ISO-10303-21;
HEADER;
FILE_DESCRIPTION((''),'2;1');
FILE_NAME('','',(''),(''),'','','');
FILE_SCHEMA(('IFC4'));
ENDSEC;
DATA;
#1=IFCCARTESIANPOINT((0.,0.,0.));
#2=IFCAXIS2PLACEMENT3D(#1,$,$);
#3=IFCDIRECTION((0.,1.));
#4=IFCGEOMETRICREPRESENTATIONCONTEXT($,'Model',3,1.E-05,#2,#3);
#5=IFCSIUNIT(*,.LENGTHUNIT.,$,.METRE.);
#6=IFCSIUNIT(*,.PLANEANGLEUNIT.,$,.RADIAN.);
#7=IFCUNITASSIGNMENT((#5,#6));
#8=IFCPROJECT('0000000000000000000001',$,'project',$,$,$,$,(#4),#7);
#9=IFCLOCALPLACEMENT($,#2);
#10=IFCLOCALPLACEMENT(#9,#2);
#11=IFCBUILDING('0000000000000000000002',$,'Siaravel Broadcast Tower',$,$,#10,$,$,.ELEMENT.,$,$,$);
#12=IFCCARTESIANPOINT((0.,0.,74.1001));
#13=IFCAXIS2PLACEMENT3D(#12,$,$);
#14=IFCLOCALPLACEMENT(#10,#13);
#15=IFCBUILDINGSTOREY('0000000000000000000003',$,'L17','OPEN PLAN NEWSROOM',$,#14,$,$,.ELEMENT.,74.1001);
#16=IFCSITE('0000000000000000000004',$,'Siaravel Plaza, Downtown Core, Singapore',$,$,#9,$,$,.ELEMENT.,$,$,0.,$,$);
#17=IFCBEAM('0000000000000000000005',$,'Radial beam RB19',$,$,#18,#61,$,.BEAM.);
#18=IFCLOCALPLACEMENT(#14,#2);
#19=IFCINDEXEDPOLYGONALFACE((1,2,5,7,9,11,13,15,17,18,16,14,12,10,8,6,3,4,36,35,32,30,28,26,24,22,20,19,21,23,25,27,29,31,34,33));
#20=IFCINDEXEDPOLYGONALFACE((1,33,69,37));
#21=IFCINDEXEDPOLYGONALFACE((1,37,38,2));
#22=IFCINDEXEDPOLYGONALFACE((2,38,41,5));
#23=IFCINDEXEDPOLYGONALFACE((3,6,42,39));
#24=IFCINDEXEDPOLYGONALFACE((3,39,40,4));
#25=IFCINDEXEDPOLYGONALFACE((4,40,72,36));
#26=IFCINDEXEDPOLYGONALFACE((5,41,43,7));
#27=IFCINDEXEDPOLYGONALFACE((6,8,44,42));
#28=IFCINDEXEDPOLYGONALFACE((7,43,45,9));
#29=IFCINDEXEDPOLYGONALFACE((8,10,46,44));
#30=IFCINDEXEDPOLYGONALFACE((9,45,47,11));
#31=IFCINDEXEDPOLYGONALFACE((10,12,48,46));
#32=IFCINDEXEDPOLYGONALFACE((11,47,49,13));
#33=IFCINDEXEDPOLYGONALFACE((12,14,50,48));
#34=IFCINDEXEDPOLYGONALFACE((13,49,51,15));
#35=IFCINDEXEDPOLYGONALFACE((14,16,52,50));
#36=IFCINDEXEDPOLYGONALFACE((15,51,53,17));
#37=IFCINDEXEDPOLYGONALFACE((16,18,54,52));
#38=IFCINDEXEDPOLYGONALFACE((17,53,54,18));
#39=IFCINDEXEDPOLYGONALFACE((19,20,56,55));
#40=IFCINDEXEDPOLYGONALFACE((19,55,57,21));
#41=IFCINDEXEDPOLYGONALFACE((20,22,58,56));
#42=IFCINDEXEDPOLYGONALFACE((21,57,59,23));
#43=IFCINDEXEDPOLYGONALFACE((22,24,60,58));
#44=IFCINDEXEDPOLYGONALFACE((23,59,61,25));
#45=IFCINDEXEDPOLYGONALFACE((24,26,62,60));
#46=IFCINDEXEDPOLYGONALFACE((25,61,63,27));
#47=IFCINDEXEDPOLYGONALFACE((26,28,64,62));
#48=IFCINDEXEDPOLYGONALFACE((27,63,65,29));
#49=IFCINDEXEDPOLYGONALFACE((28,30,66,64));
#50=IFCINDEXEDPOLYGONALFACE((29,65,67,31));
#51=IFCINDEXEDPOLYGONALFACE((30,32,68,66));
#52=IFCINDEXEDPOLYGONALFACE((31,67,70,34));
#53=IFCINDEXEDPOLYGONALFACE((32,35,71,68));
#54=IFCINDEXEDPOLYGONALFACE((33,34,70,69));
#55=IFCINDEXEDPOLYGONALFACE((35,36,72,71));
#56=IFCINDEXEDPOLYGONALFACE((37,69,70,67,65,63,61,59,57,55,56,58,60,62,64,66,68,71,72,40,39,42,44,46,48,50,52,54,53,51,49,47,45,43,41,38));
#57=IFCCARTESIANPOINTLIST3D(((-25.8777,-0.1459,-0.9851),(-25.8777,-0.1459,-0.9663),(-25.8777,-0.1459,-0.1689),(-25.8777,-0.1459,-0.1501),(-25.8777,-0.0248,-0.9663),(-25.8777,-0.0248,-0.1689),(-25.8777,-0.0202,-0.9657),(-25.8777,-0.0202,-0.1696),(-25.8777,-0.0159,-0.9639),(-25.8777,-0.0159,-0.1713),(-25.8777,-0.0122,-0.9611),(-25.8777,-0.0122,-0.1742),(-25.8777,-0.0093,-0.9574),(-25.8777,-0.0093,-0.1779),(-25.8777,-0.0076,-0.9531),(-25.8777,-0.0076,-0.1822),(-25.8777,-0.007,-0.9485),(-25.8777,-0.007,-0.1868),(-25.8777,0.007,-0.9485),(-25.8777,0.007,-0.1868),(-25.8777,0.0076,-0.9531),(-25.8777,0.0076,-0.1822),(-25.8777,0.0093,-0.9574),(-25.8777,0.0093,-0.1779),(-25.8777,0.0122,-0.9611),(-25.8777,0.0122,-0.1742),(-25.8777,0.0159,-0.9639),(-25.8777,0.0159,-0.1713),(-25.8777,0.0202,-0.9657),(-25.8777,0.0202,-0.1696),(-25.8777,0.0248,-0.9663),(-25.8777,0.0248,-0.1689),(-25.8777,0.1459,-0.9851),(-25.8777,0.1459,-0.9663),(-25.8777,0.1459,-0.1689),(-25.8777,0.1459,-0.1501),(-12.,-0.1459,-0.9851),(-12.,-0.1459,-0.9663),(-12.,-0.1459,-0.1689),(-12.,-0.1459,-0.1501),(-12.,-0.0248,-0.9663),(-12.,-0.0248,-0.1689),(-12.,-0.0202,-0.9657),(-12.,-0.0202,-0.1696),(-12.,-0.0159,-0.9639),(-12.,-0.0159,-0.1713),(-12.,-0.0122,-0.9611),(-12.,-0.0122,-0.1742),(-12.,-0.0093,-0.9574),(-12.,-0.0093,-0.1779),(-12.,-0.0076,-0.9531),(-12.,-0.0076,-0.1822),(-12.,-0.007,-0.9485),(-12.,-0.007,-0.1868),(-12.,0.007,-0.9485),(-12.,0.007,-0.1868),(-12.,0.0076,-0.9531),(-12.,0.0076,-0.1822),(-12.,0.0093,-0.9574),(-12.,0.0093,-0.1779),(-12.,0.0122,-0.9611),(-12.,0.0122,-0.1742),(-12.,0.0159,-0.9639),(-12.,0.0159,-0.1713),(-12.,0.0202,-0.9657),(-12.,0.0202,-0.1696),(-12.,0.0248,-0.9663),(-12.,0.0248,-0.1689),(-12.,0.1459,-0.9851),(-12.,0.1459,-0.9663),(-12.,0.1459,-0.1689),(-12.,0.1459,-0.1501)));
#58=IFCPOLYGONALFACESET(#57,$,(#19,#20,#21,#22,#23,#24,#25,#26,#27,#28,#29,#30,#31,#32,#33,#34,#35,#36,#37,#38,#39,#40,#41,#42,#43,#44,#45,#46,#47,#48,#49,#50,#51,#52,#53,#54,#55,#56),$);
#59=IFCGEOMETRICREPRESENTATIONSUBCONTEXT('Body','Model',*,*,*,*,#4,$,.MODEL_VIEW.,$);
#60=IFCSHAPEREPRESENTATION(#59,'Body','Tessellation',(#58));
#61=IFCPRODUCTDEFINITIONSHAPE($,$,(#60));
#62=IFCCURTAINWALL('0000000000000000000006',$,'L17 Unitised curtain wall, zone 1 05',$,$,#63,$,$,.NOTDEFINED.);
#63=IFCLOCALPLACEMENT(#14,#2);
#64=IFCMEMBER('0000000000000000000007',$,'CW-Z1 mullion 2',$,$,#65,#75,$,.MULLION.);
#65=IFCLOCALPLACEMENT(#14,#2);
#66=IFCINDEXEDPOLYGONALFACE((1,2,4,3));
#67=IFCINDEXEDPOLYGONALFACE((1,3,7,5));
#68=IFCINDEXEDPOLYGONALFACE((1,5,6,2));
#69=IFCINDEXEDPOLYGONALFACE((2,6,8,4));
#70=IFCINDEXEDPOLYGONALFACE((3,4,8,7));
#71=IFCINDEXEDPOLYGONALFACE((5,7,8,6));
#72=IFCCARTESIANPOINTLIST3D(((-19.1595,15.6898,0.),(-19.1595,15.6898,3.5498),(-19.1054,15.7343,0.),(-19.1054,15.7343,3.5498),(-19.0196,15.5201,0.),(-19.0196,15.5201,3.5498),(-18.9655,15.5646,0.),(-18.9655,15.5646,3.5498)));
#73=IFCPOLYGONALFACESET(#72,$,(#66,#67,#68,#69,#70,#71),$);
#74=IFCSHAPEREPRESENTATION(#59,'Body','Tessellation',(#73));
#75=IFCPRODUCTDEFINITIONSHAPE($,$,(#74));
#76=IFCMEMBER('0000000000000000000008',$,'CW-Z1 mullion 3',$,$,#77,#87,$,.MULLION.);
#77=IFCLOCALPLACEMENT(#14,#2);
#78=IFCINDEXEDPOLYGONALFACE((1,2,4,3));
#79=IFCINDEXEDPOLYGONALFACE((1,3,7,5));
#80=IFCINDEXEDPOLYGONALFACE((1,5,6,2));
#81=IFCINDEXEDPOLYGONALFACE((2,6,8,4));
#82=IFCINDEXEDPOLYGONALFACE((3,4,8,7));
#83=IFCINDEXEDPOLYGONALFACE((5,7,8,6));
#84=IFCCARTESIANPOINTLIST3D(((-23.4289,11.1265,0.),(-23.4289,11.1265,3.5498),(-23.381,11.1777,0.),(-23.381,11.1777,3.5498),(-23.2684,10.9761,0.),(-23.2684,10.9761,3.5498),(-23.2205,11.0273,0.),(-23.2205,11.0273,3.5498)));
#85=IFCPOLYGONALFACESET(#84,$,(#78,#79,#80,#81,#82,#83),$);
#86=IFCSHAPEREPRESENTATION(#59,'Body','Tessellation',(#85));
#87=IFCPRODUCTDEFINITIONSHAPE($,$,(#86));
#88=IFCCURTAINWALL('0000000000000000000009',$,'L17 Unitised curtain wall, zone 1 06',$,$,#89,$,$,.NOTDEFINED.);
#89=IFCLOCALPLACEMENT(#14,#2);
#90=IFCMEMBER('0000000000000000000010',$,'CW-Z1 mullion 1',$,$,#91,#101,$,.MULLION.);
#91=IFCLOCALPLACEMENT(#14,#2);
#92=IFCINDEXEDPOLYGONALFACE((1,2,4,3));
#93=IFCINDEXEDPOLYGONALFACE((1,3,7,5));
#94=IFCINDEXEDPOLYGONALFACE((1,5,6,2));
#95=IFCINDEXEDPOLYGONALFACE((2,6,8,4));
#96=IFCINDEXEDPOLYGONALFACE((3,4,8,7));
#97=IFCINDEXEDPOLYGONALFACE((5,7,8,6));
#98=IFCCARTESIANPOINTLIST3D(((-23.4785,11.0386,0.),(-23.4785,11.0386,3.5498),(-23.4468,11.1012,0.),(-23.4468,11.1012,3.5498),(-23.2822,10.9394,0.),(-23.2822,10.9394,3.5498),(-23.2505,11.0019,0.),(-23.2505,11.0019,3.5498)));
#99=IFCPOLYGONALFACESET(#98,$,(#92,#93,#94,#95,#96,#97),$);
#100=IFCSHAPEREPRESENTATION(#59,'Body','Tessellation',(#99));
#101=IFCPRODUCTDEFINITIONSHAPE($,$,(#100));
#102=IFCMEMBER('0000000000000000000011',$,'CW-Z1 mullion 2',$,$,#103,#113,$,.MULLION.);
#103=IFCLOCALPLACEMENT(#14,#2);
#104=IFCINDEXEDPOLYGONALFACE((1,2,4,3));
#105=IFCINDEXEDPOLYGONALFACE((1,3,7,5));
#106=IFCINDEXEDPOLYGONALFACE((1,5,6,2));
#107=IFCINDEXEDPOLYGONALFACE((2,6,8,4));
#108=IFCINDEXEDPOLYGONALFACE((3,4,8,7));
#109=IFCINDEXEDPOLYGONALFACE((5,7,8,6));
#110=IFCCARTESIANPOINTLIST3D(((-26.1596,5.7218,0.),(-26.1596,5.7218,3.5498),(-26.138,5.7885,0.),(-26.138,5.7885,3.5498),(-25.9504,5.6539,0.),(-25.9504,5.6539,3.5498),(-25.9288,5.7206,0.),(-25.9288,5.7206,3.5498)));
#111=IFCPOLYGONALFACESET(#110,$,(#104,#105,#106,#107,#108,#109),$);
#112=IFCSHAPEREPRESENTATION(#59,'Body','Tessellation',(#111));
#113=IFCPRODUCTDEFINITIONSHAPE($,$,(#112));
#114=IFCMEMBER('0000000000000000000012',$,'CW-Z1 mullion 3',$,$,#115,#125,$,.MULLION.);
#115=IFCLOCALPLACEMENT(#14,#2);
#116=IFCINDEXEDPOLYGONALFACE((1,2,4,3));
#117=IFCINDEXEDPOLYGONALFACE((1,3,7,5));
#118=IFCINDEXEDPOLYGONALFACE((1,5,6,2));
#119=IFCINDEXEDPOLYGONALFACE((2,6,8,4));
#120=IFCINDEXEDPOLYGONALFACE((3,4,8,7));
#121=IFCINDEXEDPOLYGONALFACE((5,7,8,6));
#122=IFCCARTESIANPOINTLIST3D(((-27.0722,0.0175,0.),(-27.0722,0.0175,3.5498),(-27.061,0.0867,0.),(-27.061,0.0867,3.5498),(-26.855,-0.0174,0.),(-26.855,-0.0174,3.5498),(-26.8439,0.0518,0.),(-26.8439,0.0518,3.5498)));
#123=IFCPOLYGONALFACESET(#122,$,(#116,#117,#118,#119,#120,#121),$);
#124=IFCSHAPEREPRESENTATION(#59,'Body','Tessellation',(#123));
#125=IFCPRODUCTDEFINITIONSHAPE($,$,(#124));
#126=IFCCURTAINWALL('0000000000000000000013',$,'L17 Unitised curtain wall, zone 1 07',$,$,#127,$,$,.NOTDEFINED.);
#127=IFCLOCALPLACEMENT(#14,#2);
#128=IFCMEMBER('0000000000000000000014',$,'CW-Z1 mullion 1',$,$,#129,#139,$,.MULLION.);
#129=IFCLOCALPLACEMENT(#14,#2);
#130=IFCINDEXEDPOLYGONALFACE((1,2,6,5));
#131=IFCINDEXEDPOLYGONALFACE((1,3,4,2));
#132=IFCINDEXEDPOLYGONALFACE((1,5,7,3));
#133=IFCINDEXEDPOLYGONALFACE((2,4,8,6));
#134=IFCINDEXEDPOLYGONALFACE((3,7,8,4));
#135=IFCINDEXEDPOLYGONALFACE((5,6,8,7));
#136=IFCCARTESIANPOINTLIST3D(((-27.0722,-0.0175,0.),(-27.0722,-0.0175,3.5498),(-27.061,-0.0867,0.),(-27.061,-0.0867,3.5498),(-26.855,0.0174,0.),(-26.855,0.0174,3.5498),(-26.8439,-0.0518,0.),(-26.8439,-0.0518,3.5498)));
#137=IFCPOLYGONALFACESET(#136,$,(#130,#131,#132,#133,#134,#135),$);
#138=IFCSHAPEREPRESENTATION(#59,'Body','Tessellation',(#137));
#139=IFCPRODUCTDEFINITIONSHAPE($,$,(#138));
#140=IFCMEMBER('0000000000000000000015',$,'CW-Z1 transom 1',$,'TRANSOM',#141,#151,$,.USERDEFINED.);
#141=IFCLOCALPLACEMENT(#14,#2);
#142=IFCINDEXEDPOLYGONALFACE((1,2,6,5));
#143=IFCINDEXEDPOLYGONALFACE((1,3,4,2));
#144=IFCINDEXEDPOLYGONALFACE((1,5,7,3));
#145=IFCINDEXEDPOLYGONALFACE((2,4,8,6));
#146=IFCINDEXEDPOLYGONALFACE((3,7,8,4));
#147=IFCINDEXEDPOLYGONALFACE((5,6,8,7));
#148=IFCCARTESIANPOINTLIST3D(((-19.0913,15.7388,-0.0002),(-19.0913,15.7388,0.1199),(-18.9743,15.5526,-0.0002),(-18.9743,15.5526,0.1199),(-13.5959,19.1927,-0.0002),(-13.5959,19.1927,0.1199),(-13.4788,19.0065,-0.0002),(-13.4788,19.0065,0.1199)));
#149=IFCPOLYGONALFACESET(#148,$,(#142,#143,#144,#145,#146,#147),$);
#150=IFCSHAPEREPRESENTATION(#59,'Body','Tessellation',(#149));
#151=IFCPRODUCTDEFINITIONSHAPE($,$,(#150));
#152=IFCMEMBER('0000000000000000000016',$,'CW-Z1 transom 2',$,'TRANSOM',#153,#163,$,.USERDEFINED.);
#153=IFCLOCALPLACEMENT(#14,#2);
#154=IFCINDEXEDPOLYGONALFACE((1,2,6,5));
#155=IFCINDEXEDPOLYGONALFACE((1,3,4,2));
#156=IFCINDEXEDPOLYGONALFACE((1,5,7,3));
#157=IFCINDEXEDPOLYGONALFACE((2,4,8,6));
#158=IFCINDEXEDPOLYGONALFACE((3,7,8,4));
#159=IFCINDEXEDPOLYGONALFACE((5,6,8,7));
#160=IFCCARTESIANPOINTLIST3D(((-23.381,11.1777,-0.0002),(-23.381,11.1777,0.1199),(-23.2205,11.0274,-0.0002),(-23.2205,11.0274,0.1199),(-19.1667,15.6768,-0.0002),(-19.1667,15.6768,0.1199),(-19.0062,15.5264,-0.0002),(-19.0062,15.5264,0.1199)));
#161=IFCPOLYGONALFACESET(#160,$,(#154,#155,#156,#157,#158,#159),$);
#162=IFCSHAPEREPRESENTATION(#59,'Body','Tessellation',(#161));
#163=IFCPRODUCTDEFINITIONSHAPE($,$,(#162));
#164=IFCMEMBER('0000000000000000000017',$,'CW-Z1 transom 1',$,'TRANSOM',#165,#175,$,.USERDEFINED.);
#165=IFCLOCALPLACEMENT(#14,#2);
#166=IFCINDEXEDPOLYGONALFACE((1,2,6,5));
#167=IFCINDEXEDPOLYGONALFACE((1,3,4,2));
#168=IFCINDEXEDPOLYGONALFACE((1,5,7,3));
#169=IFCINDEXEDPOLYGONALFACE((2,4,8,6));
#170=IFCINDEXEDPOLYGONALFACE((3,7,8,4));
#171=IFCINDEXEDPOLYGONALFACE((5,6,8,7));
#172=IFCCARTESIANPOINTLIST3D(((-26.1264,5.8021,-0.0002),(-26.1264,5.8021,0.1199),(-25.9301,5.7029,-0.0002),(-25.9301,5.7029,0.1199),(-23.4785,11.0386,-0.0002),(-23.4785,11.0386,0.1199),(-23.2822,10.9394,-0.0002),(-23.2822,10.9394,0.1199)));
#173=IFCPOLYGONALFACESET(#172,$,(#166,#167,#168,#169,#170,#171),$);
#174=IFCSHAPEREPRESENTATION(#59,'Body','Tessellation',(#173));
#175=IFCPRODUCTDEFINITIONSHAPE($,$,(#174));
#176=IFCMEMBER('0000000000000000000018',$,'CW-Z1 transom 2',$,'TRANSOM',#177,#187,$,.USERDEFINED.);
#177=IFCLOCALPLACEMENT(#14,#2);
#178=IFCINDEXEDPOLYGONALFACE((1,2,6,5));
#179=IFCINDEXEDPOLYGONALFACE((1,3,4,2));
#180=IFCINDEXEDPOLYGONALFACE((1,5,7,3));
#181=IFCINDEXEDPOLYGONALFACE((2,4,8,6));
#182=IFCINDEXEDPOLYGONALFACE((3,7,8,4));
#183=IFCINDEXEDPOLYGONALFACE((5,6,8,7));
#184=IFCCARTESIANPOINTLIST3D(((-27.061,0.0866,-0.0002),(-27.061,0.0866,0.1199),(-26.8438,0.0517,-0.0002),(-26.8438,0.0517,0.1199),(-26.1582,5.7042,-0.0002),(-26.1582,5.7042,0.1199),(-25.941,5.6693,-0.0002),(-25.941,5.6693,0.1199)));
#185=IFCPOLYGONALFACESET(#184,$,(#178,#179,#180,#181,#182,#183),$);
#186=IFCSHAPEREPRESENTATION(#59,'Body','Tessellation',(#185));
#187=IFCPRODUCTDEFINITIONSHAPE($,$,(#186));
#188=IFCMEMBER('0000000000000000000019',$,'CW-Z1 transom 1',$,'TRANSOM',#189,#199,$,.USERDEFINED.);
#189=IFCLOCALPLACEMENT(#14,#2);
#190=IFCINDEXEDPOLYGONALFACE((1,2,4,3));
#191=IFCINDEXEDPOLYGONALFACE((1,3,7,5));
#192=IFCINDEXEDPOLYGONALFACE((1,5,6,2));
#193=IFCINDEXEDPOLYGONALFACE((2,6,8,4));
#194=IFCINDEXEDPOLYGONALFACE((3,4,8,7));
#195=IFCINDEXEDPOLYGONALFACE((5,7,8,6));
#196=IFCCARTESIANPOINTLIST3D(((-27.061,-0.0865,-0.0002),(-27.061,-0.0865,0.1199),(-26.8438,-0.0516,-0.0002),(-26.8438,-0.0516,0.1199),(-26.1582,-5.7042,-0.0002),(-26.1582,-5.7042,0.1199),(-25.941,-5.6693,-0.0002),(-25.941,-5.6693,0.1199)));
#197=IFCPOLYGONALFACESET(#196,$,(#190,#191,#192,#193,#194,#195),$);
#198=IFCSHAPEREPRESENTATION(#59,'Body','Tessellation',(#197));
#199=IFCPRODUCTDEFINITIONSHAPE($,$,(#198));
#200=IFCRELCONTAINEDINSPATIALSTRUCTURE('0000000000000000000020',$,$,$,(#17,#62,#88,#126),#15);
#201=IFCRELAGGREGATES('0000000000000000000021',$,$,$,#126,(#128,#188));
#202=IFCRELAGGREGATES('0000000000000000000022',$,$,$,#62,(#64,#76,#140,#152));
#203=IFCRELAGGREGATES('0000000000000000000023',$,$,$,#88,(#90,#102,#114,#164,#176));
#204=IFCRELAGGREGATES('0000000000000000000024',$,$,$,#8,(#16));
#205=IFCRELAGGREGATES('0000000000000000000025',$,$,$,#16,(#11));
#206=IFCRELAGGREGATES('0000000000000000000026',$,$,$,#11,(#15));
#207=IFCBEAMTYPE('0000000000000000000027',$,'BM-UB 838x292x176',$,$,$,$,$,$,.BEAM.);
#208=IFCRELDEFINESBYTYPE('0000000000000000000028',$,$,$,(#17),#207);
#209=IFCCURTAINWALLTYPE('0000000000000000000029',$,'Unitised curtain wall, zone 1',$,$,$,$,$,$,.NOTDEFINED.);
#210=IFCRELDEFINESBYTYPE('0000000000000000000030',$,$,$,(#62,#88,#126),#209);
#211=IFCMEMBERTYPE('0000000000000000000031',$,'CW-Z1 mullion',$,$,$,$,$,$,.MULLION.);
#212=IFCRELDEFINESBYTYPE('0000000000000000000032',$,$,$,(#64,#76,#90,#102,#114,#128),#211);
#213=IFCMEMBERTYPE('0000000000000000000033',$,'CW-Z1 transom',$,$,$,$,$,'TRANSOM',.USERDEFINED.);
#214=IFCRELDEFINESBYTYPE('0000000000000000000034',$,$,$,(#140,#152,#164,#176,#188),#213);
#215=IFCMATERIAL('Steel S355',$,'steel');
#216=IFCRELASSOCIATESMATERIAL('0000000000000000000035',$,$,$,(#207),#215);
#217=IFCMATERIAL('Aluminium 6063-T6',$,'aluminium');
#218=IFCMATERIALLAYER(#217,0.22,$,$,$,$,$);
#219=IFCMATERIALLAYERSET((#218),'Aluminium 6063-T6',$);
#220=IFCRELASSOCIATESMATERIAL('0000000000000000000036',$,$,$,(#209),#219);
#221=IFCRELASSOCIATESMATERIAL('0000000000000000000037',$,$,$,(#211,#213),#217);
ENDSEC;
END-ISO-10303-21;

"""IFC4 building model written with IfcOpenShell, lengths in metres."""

from ifc_helpers import new_model, si_unit, direction, frame, origin, origin_2d, place, context, subcontext, project, spatial, rectangle, i_section, extrude, material, layer, layer_set, material_profile, profile_set, type_object, element, aggregate, save


model = new_model("IFC4")

# Units and contexts
model_context = context("Model", 3, precision=1e-05, world=origin(), true_north=direction((0.0, 1.0)))
body_context = subcontext(model_context, "Body", "Model", "MODEL_VIEW")
ifc_project = project(units=[si_unit("LENGTHUNIT", "METRE"), si_unit("PLANEANGLEUNIT", "RADIAN")], contexts=[model_context])

# Site, building, storey
site_placement = place(None, origin())
site = spatial("IfcSite", under=ifc_project, at=site_placement, Name="Siaravel Plaza, Downtown Core, Singapore", CompositionType="ELEMENT", RefElevation=0.0)
building_placement = place(site_placement, origin())
building = spatial("IfcBuilding", under=site, at=building_placement, Name="Siaravel Broadcast Tower", CompositionType="ELEMENT")
storey_placement = place(building_placement, frame((0.0, 0.0, 74.1001)))
storey = spatial("IfcBuildingStorey", under=building, at=storey_placement, Name="L17", Description="OPEN PLAN NEWSROOM", CompositionType="ELEMENT", Elevation=74.1001)

# Beam
ifc_material_1 = material(Name="Steel S355", Category="steel")
ifc_material_profile_1 = material_profile(ifc_material_1, i_section(OverallWidth=0.2917, OverallDepth=0.835, WebThickness=0.0139, FlangeThickness=0.0188, FilletRadius=0.0178, at=origin_2d()))
ifc_profile_set_1 = profile_set([ifc_material_profile_1], Name="Steel S355")
beam_type = type_object("IfcBeamType", Name="BM-UB 838x292x176", PredefinedType="BEAM", material=ifc_profile_set_1)
beam_1_placement = place(storey_placement, frame((-25.8777, 0.0, -0.5676), z_axis=(1.0, 0.0, 0.0), x_axis=(0.0, 1.0, 0.0)))
element("IfcBeam", 1, at=beam_1_placement, inside=storey, type_object=beam_type, Name="Radial beam RB19", PredefinedType="BEAM", context=body_context, shape_type="SweptSolid", body=[
    extrude(i_section(OverallWidth=0.2917, OverallDepth=0.835, WebThickness=0.0139, FlangeThickness=0.0188, FilletRadius=0.0178, at=origin_2d()), origin(), (0.0, 0.0, 1.0), 13.8777),
])

# Curtain walls, members
ifc_material_2 = material(Name="Aluminium 6063-T6", Category="aluminium")
ifc_layer_1 = layer(ifc_material_2, 0.22)
ifc_layer_set_1 = layer_set([ifc_layer_1], Name="Aluminium 6063-T6")
curtain_wall_type = type_object("IfcCurtainWallType", Name="Unitised curtain wall, zone 1", PredefinedType="NOTDEFINED", material=ifc_layer_set_1)
curtain_wall_1_placement = place(storey_placement, origin())
curtain_wall_1 = element("IfcCurtainWall", 2, at=curtain_wall_1_placement, inside=storey, type_object=curtain_wall_type, Name="L17 Unitised curtain wall, zone 1 05", PredefinedType="NOTDEFINED")
ifc_material_profile_2 = material_profile(ifc_material_2, rectangle(XDim=0.22, YDim=0.0701, at=origin_2d()))
ifc_profile_set_2 = profile_set([ifc_material_profile_2], Name="Aluminium 6063-T6")
member_type_1 = type_object("IfcMemberType", Name="CW-Z1 mullion", PredefinedType="MULLION", material=ifc_profile_set_2)
member_1_placement = place(storey_placement, frame((-19.0625, 15.6272, 0.0), z_axis=(0.0, 0.0, 1.0), x_axis=(0.636219, -0.771508, 0.0)))
member_1 = element("IfcMember", 3, at=member_1_placement, type_object=member_type_1, Name="CW-Z1 mullion 2", PredefinedType="MULLION", context=body_context, shape_type="SweptSolid", body=[
    extrude(rectangle(XDim=0.22, YDim=0.0701, at=origin_2d()), origin(), (0.0, 0.0, 1.0), 3.5498),
])
member_2_placement = place(storey_placement, frame((-23.3247, 11.0769, 0.0), z_axis=(0.0, 0.0, 1.0), x_axis=(0.729806, -0.683655, 0.0)))
member_2 = element("IfcMember", 4, at=member_2_placement, type_object=member_type_1, Name="CW-Z1 mullion 3", PredefinedType="MULLION", context=body_context, shape_type="SweptSolid", body=[
    extrude(rectangle(XDim=0.22, YDim=0.0701, at=origin_2d()), origin(), (0.0, 0.0, 1.0), 3.5498),
])
curtain_wall_2_placement = place(storey_placement, origin())
curtain_wall_2 = element("IfcCurtainWall", 5, at=curtain_wall_2_placement, inside=storey, type_object=curtain_wall_type, Name="L17 Unitised curtain wall, zone 1 06", PredefinedType="NOTDEFINED")
member_3_placement = place(storey_placement, frame((-23.3645, 11.0203, 0.0), z_axis=(0.0, 0.0, 1.0), x_axis=(0.892392, -0.451261, 0.0)))
member_3 = element("IfcMember", 6, at=member_3_placement, type_object=member_type_1, Name="CW-Z1 mullion 1", PredefinedType="MULLION", context=body_context, shape_type="SweptSolid", body=[
    extrude(rectangle(XDim=0.22, YDim=0.0701, at=origin_2d()), origin(), (0.0, 0.0, 1.0), 3.5498),
])
member_4_placement = place(storey_placement, frame((-26.0442, 5.7212, 0.0), z_axis=(0.0, 0.0, 1.0), x_axis=(0.951177, -0.308645, 0.0)))
member_4 = element("IfcMember", 7, at=member_4_placement, type_object=member_type_1, Name="CW-Z1 mullion 2", PredefinedType="MULLION", context=body_context, shape_type="SweptSolid", body=[
    extrude(rectangle(XDim=0.22, YDim=0.0701, at=origin_2d()), origin(), (0.0, 0.0, 1.0), 3.5498),
])
member_5_placement = place(storey_placement, frame((-26.958, 0.0347, 0.0), z_axis=(0.0, 0.0, 1.0), x_axis=(0.987329, -0.158685, 0.0)))
member_5 = element("IfcMember", 8, at=member_5_placement, type_object=member_type_1, Name="CW-Z1 mullion 3", PredefinedType="MULLION", context=body_context, shape_type="SweptSolid", body=[
    extrude(rectangle(XDim=0.22, YDim=0.0701, at=origin_2d()), origin(), (0.0, 0.0, 1.0), 3.5498),
])

# Curtain wall, member
curtain_wall_3_placement = place(storey_placement, origin())
curtain_wall_3 = element("IfcCurtainWall", 9, at=curtain_wall_3_placement, inside=storey, type_object=curtain_wall_type, Name="L17 Unitised curtain wall, zone 1 07", PredefinedType="NOTDEFINED")
member_6_placement = place(storey_placement, frame((-26.958, -0.0347, 0.0), z_axis=(0.0, 0.0, 1.0), x_axis=(0.987329, 0.158685, 0.0)))
member_6 = element("IfcMember", 10, at=member_6_placement, type_object=member_type_1, Name="CW-Z1 mullion 1", PredefinedType="MULLION", context=body_context, shape_type="SweptSolid", body=[
    extrude(rectangle(XDim=0.22, YDim=0.0701, at=origin_2d()), origin(), (0.0, 0.0, 1.0), 3.5498),
])

# Members
ifc_material_profile_3 = material_profile(ifc_material_2, rectangle(XDim=0.22, YDim=0.1201, at=origin_2d()))
ifc_profile_set_3 = profile_set([ifc_material_profile_3], Name="Aluminium 6063-T6")
member_type_2 = type_object("IfcMemberType", Name="CW-Z1 transom", ElementType="TRANSOM", PredefinedType="USERDEFINED", material=ifc_profile_set_3)
member_7_placement = place(storey_placement, frame((-13.5374, 19.0996, 0.0598), z_axis=(-0.846662, -0.532131, 0.0), x_axis=(0.532131, -0.846662, 0.0)))
member_7 = element("IfcMember", 11, at=member_7_placement, type_object=member_type_2, Name="CW-Z1 transom 1", ObjectType="TRANSOM", PredefinedType="USERDEFINED", context=body_context, shape_type="SweptSolid", body=[
    extrude(rectangle(XDim=0.22, YDim=0.1201, at=origin_2d()), origin(), (0.0, 0.0, 1.0), 6.4907),
])
member_8_placement = place(storey_placement, frame((-19.0864, 15.6016, 0.0598), z_axis=(-0.683641, -0.729819, 0.0), x_axis=(0.729819, -0.683641, 0.0)))
member_8 = element("IfcMember", 12, at=member_8_placement, type_object=member_type_2, Name="CW-Z1 transom 2", ObjectType="TRANSOM", PredefinedType="USERDEFINED", context=body_context, shape_type="SweptSolid", body=[
    extrude(rectangle(XDim=0.22, YDim=0.1201, at=origin_2d()), origin(), (0.0, 0.0, 1.0), 6.1646),
])
member_9_placement = place(storey_placement, frame((-23.3804, 10.989, 0.0598), z_axis=(-0.451253, -0.892396, 0.0), x_axis=(0.892396, -0.451253, 0.0)))
member_9 = element("IfcMember", 13, at=member_9_placement, type_object=member_type_2, Name="CW-Z1 transom 1", ObjectType="TRANSOM", PredefinedType="USERDEFINED", context=body_context, shape_type="SweptSolid", body=[
    extrude(rectangle(XDim=0.22, YDim=0.1201, at=origin_2d()), origin(), (0.0, 0.0, 1.0), 5.8679),
])
member_10_placement = place(storey_placement, frame((-26.0496, 5.6868, 0.0598), z_axis=(-0.158677, -0.987331, 0.0), x_axis=(0.987331, -0.158677, 0.0)))
member_10 = element("IfcMember", 14, at=member_10_placement, type_object=member_type_2, Name="CW-Z1 transom 2", ObjectType="TRANSOM", PredefinedType="USERDEFINED", context=body_context, shape_type="SweptSolid", body=[
    extrude(rectangle(XDim=0.22, YDim=0.1201, at=origin_2d()), origin(), (0.0, 0.0, 1.0), 5.6897),
])
member_11_placement = place(storey_placement, frame((-26.9524, -0.0691, 0.0598), z_axis=(0.158677, -0.987331, 0.0), x_axis=(0.987331, 0.158677, 0.0)))
member_11 = element("IfcMember", 15, at=member_11_placement, type_object=member_type_2, Name="CW-Z1 transom 1", ObjectType="TRANSOM", PredefinedType="USERDEFINED", context=body_context, shape_type="SweptSolid", body=[
    extrude(rectangle(XDim=0.22, YDim=0.1201, at=origin_2d()), origin(), (0.0, 0.0, 1.0), 5.6897),
])
aggregate(curtain_wall_3, [member_6, member_11])

aggregate(curtain_wall_1, [member_1, member_2, member_7, member_8])
aggregate(curtain_wall_2, [member_3, member_4, member_5, member_9, member_10])

save(model, "model.ifc")
